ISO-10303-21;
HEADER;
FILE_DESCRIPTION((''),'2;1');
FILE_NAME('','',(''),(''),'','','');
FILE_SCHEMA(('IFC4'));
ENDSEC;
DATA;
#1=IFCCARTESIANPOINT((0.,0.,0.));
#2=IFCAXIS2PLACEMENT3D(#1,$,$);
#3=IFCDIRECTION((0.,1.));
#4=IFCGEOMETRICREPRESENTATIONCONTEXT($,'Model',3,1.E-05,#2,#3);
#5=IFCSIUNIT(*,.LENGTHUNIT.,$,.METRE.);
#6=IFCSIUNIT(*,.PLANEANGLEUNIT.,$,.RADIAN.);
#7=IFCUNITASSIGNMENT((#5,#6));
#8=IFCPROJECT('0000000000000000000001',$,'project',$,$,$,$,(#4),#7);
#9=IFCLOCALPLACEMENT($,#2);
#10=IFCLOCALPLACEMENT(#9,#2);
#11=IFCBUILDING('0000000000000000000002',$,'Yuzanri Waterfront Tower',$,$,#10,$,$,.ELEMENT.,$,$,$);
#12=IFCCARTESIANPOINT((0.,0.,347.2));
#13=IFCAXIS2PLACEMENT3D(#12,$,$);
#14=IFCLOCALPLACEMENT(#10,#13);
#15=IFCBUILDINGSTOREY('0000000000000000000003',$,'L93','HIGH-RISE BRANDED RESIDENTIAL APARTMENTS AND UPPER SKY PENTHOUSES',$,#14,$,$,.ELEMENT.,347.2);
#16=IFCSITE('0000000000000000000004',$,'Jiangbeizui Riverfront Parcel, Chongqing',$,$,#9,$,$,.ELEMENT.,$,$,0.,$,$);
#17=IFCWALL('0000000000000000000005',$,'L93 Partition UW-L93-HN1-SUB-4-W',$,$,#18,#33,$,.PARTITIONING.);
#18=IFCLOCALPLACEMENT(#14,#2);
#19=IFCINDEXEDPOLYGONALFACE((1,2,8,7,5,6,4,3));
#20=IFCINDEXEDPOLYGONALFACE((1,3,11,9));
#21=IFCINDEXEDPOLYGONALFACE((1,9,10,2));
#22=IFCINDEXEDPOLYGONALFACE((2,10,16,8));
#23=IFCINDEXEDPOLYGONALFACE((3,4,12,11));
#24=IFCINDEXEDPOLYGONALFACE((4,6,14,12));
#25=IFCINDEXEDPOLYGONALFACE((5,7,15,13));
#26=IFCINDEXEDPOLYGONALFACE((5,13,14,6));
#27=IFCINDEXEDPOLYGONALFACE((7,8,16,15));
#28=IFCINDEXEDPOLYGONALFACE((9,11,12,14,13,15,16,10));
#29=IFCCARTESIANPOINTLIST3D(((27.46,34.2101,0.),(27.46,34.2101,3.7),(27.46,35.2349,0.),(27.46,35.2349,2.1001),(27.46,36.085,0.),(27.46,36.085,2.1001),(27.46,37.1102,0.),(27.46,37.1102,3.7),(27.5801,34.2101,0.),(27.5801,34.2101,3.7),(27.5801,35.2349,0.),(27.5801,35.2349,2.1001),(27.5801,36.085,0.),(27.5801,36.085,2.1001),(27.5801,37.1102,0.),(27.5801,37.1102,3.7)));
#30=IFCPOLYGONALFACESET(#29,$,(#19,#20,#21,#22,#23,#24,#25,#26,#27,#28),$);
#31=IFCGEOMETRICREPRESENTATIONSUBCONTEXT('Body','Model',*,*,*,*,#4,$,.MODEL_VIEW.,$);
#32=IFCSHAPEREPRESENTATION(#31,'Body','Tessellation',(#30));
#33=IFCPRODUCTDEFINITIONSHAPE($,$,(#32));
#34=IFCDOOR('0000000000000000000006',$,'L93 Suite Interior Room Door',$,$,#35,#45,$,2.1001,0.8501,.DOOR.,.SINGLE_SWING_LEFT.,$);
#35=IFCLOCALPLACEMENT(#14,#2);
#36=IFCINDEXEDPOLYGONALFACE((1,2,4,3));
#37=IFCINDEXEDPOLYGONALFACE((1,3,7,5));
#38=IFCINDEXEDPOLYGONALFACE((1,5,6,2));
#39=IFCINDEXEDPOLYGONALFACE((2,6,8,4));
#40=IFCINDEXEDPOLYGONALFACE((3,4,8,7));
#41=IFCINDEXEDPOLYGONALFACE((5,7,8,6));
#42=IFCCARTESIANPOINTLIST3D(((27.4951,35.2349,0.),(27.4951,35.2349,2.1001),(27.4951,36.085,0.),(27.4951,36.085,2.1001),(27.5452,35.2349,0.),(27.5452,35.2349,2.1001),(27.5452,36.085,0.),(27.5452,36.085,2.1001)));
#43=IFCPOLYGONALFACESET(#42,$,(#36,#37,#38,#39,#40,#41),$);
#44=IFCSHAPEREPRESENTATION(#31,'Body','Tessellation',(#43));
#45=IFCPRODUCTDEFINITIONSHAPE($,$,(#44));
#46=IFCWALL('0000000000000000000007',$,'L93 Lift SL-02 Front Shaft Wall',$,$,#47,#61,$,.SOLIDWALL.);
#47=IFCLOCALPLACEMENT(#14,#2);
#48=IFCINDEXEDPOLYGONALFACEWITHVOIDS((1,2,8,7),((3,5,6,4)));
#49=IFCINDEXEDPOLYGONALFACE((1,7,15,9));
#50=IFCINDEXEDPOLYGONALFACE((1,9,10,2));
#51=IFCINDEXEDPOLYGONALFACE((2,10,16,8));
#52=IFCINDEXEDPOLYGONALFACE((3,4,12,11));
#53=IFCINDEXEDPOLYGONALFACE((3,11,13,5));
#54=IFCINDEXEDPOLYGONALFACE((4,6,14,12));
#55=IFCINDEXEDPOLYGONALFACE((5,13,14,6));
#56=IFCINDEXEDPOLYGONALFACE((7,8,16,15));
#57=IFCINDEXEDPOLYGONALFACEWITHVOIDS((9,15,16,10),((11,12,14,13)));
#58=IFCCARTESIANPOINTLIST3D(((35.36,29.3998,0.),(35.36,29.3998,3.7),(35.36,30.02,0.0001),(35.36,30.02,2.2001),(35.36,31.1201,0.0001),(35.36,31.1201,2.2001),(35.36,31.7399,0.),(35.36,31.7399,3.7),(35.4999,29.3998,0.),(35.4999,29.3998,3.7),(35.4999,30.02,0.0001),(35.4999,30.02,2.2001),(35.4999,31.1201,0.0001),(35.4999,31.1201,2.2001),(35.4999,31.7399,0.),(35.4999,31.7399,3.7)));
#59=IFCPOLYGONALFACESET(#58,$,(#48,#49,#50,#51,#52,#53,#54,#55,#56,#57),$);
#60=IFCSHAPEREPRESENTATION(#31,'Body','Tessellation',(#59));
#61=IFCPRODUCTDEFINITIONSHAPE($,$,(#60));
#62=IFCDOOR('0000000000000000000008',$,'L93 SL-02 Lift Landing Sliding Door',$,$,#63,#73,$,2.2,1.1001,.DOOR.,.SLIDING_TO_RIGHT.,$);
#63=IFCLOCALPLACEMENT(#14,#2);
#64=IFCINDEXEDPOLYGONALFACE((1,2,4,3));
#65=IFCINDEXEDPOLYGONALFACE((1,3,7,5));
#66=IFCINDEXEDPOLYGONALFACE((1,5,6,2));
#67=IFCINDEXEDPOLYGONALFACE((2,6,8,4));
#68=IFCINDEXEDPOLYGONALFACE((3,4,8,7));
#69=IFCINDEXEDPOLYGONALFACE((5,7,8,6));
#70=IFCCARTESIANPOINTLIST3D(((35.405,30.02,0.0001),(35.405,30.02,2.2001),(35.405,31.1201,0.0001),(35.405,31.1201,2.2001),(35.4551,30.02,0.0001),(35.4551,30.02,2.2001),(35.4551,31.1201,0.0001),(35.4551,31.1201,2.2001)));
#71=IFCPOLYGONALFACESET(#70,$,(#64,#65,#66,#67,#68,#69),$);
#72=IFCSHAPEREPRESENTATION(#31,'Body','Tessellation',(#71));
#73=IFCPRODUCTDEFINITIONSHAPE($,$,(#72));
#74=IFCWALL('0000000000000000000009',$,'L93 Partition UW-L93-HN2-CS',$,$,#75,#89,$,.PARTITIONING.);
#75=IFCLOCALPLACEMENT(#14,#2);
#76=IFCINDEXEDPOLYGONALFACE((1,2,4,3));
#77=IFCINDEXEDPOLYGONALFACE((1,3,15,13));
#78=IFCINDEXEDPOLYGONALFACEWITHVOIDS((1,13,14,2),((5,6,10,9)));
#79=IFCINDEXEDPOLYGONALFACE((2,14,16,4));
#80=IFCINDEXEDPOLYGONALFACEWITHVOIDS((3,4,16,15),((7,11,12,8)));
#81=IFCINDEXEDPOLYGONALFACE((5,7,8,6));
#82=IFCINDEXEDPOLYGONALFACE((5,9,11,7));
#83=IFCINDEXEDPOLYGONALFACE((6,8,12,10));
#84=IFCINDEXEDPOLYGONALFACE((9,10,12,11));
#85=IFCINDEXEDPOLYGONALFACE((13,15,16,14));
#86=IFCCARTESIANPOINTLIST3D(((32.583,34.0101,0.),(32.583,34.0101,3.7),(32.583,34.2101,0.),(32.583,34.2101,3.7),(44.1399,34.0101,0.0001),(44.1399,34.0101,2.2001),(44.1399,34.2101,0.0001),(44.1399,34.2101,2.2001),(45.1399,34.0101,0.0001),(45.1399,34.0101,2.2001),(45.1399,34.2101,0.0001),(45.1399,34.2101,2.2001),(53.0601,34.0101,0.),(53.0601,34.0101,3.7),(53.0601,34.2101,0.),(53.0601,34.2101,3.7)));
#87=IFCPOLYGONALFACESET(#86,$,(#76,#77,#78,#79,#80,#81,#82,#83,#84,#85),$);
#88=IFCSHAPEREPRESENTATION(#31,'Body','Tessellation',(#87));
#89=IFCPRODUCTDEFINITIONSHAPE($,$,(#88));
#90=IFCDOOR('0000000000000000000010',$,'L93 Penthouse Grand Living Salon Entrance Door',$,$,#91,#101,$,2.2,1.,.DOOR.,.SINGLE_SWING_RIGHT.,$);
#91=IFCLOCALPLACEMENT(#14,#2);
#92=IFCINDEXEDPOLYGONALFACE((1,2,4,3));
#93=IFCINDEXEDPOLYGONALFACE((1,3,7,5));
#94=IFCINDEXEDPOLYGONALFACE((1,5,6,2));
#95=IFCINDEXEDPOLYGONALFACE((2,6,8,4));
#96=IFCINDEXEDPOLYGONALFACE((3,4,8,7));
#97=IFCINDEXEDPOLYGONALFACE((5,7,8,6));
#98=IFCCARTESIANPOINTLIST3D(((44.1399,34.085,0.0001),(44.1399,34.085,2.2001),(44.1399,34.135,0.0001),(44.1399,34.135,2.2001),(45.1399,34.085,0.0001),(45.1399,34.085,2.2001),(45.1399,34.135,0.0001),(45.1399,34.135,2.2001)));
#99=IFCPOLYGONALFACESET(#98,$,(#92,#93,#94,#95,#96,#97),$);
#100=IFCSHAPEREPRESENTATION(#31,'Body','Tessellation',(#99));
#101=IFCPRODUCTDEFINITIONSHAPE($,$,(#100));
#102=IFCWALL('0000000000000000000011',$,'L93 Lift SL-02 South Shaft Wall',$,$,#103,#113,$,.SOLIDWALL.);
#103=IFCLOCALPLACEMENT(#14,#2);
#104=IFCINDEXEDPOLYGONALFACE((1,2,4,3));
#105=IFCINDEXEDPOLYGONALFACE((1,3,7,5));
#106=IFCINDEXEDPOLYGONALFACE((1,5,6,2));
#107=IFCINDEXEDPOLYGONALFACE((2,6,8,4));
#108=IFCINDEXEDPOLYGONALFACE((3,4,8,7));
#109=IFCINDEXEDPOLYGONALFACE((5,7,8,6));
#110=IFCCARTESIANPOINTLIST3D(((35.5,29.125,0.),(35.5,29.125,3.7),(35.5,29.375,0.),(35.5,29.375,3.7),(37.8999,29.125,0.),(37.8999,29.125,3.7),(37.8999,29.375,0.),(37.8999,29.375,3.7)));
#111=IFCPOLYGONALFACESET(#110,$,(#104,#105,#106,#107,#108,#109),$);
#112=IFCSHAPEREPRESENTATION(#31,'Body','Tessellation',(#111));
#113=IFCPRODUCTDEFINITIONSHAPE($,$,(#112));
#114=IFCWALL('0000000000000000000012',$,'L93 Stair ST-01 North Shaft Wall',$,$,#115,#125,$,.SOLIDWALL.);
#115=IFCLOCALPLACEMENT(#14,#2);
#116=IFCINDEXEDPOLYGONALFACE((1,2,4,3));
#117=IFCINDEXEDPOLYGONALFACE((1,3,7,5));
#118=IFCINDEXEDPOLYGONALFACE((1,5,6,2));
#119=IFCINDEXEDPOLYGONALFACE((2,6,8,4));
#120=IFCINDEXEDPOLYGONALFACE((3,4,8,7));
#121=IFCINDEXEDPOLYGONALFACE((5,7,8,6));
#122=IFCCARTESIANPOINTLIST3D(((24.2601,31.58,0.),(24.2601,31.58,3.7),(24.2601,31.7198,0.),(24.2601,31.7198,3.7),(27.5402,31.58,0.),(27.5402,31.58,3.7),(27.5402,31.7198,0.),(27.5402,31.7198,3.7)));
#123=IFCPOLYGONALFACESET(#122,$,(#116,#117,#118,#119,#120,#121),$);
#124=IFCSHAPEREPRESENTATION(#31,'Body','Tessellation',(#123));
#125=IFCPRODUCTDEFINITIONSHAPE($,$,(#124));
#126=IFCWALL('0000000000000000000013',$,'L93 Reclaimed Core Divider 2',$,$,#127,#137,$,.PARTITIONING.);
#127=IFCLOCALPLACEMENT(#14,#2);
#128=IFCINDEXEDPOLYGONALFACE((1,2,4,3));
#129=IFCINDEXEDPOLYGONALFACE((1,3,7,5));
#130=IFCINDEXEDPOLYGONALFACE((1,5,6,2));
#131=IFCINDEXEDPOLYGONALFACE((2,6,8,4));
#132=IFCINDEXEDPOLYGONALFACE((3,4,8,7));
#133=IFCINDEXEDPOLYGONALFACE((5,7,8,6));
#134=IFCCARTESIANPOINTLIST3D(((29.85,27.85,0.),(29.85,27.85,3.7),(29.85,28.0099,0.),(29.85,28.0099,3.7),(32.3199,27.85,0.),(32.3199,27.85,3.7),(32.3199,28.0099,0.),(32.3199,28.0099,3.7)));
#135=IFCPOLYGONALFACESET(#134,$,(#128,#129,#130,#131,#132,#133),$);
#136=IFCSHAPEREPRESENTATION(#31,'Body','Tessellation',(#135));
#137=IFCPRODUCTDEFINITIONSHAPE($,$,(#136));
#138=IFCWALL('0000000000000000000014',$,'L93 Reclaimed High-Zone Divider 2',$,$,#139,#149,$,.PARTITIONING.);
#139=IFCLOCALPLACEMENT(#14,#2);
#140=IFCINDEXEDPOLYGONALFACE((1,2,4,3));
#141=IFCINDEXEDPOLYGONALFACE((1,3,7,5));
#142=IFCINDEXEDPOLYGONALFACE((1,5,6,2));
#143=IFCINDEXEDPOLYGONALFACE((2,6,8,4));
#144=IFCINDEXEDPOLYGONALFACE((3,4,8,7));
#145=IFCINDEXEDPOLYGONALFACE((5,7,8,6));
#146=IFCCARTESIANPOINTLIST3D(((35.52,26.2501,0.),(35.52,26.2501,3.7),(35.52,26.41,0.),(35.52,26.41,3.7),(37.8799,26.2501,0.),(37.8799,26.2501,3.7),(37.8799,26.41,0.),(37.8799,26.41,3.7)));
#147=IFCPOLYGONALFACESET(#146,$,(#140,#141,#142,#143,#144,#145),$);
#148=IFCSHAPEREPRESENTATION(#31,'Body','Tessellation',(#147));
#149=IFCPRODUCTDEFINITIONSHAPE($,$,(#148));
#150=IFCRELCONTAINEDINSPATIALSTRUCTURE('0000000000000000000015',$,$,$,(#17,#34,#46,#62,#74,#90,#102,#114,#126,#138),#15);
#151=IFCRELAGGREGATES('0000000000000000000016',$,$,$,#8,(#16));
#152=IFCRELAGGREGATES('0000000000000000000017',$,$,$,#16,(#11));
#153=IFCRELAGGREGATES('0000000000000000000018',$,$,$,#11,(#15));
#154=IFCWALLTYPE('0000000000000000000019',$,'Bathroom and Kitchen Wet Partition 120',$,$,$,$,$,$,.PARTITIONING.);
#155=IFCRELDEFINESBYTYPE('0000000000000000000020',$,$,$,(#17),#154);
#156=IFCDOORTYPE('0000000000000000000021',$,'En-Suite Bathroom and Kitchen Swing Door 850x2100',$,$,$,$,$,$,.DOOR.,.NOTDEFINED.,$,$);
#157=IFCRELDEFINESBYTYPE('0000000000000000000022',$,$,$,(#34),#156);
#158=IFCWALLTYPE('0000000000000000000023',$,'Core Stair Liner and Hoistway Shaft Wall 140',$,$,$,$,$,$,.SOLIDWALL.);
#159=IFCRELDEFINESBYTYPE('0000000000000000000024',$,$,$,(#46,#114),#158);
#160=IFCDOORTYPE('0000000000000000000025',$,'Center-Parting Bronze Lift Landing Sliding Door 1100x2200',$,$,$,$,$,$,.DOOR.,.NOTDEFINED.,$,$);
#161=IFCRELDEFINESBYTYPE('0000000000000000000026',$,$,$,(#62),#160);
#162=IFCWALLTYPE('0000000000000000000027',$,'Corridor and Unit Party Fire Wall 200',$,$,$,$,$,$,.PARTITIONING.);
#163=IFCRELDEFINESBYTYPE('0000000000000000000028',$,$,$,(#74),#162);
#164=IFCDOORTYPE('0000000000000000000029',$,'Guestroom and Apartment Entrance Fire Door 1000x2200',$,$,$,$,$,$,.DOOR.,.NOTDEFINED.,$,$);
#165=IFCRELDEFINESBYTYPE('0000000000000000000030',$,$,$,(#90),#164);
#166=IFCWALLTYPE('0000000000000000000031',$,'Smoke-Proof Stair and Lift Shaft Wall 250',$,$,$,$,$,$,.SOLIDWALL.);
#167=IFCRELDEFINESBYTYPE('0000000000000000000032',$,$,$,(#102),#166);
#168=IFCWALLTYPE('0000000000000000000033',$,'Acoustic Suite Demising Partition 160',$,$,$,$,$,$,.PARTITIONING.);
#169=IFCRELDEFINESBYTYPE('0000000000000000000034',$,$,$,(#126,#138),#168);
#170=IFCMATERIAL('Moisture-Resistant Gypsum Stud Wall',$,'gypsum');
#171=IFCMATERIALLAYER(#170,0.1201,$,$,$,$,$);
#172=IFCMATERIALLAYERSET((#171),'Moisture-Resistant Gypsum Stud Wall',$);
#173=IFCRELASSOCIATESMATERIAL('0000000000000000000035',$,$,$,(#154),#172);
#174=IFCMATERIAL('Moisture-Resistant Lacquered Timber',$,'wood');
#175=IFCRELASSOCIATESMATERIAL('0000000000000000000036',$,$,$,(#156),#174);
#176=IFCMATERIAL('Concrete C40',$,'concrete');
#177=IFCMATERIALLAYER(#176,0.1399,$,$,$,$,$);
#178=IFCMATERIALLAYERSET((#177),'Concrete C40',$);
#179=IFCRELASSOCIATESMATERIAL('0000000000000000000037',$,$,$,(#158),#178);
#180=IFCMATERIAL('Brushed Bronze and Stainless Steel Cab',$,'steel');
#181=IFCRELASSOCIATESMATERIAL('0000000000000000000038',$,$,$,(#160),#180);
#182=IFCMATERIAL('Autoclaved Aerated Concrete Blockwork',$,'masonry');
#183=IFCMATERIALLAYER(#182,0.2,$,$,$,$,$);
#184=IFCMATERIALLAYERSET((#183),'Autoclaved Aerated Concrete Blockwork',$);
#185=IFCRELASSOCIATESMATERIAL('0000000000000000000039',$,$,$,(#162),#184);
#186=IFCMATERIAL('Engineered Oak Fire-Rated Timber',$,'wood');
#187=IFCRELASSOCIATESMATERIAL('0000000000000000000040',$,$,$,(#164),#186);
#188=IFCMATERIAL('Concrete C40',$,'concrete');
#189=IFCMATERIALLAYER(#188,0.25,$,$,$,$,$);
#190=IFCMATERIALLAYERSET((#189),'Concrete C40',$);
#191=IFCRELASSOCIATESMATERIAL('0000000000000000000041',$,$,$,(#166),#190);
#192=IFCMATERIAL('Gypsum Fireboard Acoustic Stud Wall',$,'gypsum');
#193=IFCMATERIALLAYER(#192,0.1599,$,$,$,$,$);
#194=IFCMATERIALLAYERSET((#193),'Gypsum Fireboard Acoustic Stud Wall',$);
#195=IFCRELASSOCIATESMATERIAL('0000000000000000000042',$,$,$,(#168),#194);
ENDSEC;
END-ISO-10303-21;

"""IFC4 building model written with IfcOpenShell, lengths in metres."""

from ifc_helpers import new_model, si_unit, direction, frame, frame_2d, origin, place, context, subcontext, project, spatial, rectangle, extrude, source, transform, mapped, material, layer, layer_set, type_object, element, fill, save


model = new_model("IFC4")

# Units and contexts
model_context = context("Model", 3, precision=1e-05, world=origin(), true_north=direction((0.0, 1.0)))
body_context = subcontext(model_context, "Body", "Model", "MODEL_VIEW")
ifc_project = project(units=[si_unit("LENGTHUNIT", "METRE"), si_unit("PLANEANGLEUNIT", "RADIAN")], contexts=[model_context])

# Site, building, storey
site_placement = place(None, origin())
site = spatial("IfcSite", under=ifc_project, at=site_placement, Name="Jiangbeizui Riverfront Parcel, Chongqing", CompositionType="ELEMENT", RefElevation=0.0)
building_placement = place(site_placement, origin())
building = spatial("IfcBuilding", under=site, at=building_placement, Name="Yuzanri Waterfront Tower", CompositionType="ELEMENT")
storey_placement = place(building_placement, frame((0.0, 0.0, 347.2)))
storey = spatial("IfcBuildingStorey", under=building, at=storey_placement, Name="L93", Description="HIGH-RISE BRANDED RESIDENTIAL APARTMENTS AND UPPER SKY PENTHOUSES", CompositionType="ELEMENT", Elevation=347.2)

# Walls, openings, doors
ifc_material_1 = material(Name="Moisture-Resistant Gypsum Stud Wall", Category="gypsum")
ifc_layer_1 = layer(ifc_material_1, 0.1201)
ifc_layer_set_1 = layer_set([ifc_layer_1], Name="Moisture-Resistant Gypsum Stud Wall")
wall_type_1 = type_object("IfcWallType", Name="Bathroom and Kitchen Wet Partition 120", PredefinedType="PARTITIONING", material=ifc_layer_set_1)
ifc_material_2 = material(Name="Moisture-Resistant Lacquered Timber", Category="wood")
door_type_1 = type_object("IfcDoorType", Name="En-Suite Bathroom and Kitchen Swing Door 850x2100", OperationType="NOTDEFINED", PredefinedType="DOOR", material=ifc_material_2)
shared_shape_1 = source(origin(), body_context, "Body", "SweptSolid", [
    extrude(rectangle(XDim=0.8501, YDim=2.1001, at=frame_2d((0.425, 1.05))), frame((0.0, 0.0249, 0.0), z_axis=(0.0, -1.0, 0.0), x_axis=(1.0, 0.0, 0.0)), (0.0, 0.0, 1.0), 0.05),
])
wall_1_placement = place(storey_placement, frame((27.52, 34.21, 0.0), z_axis=(0.0, 0.0, 1.0), x_axis=(0.0, 1.0, 0.0)))
wall_1 = element("IfcWall", 1, at=wall_1_placement, inside=storey, type_object=wall_type_1, Name="L93 Partition UW-L93-HN1-SUB-4-W", PredefinedType="PARTITIONING", context=body_context, shape_type="SweptSolid", body=[
    extrude(rectangle(XDim=2.9001, YDim=0.1201, at=frame_2d((1.4502, 0.0))), origin(), (0.0, 0.0, 1.0), 3.7),
])
opening_1_placement = place(wall_1_placement, frame((1.0249, 0.0, 0.0)))
opening_1 = element("IfcOpeningElement", 2, at=opening_1_placement, cuts=wall_1, PredefinedType="OPENING", context=body_context, shape_type="SweptSolid", body=[
    extrude(rectangle(XDim=0.8501, YDim=2.1001, at=frame_2d((0.425, 1.05))), frame((0.0, 0.075, 0.0), z_axis=(0.0, -1.0, 0.0), x_axis=(1.0, 0.0, 0.0)), (0.0, 0.0, 1.0), 0.1499),
])
door_1_placement = place(opening_1_placement, origin())
door_1 = element("IfcDoor", 3, at=door_1_placement, inside=storey, type_object=door_type_1, Name="L93 Suite Interior Room Door", OperationType="SINGLE_SWING_LEFT", OverallHeight=2.1001, OverallWidth=0.8501, PredefinedType="DOOR", context=body_context, shape_type="MappedRepresentation", body=[
    mapped(shared_shape_1, transform((0.0, 0.0, 0.0), scale=1.0)),
])
fill(opening_1, door_1)
ifc_material_3 = material(Name="Concrete C40", Category="concrete")
ifc_layer_2 = layer(ifc_material_3, 0.1399)
ifc_layer_set_2 = layer_set([ifc_layer_2], Name="Concrete C40")
wall_type_2 = type_object("IfcWallType", Name="Core Stair Liner and Hoistway Shaft Wall 140", PredefinedType="SOLIDWALL", material=ifc_layer_set_2)
wall_2_placement = place(storey_placement, frame((35.4299, 29.3999, 0.0), z_axis=(0.0, 0.0, 1.0), x_axis=(0.0, 1.0, 0.0)))
wall_2 = element("IfcWall", 4, at=wall_2_placement, inside=storey, type_object=wall_type_2, Name="L93 Lift SL-02 Front Shaft Wall", PredefinedType="SOLIDWALL", context=body_context, shape_type="SweptSolid", body=[
    extrude(rectangle(XDim=2.3401, YDim=0.1399, at=frame_2d((1.1699, 0.0))), origin(), (0.0, 0.0, 1.0), 3.7),
])
opening_2_placement = place(wall_2_placement, frame((0.6201, 0.0, 0.0)))
opening_2 = element("IfcOpeningElement", 5, at=opening_2_placement, cuts=wall_2, PredefinedType="OPENING", context=body_context, shape_type="SweptSolid", body=[
    extrude(rectangle(XDim=1.1001, YDim=2.2, at=frame_2d((0.55, 1.1001))), frame((0.0, 0.085, 0.0), z_axis=(0.0, -1.0, 0.0), x_axis=(1.0, 0.0, 0.0)), (0.0, 0.0, 1.0), 0.1697),
])
ifc_material_4 = material(Name="Brushed Bronze and Stainless Steel Cab", Category="steel")
door_type_2 = type_object("IfcDoorType", Name="Center-Parting Bronze Lift Landing Sliding Door 1100x2200", OperationType="NOTDEFINED", PredefinedType="DOOR", material=ifc_material_4)
shared_shape_2 = source(origin(), body_context, "Body", "SweptSolid", [
    extrude(rectangle(XDim=1.1001, YDim=2.2, at=frame_2d((0.55, 1.1001))), frame((0.0, 0.0249, 0.0), z_axis=(0.0, -1.0, 0.0), x_axis=(1.0, 0.0, 0.0)), (0.0, 0.0, 1.0), 0.05),
])
door_2_placement = place(opening_2_placement, origin())
door_2 = element("IfcDoor", 6, at=door_2_placement, inside=storey, type_object=door_type_2, Name="L93 SL-02 Lift Landing Sliding Door", OperationType="SLIDING_TO_RIGHT", OverallHeight=2.2, OverallWidth=1.1001, PredefinedType="DOOR", context=body_context, shape_type="MappedRepresentation", body=[
    mapped(shared_shape_2, transform((0.0, 0.0, 0.0), scale=1.0)),
])
fill(opening_2, door_2)
ifc_material_5 = material(Name="Autoclaved Aerated Concrete Blockwork", Category="masonry")
ifc_layer_3 = layer(ifc_material_5, 0.2)
ifc_layer_set_3 = layer_set([ifc_layer_3], Name="Autoclaved Aerated Concrete Blockwork")
wall_type_3 = type_object("IfcWallType", Name="Corridor and Unit Party Fire Wall 200", PredefinedType="PARTITIONING", material=ifc_layer_set_3)
wall_3_placement = place(storey_placement, frame((32.583, 34.1101, 0.0), z_axis=(0.0, 0.0, 1.0), x_axis=(1.0, 0.0, 0.0)))
wall_3 = element("IfcWall", 7, at=wall_3_placement, inside=storey, type_object=wall_type_3, Name="L93 Partition UW-L93-HN2-CS", PredefinedType="PARTITIONING", context=body_context, shape_type="SweptSolid", body=[
    extrude(rectangle(XDim=20.4771, YDim=0.2, at=frame_2d((10.2385, 0.0))), origin(), (0.0, 0.0, 1.0), 3.7),
])
opening_3_placement = place(wall_3_placement, frame((11.5569, 0.0, 0.0)))
opening_3 = element("IfcOpeningElement", 8, at=opening_3_placement, cuts=wall_3, PredefinedType="OPENING", context=body_context, shape_type="SweptSolid", body=[
    extrude(rectangle(XDim=1.0, YDim=2.2, at=frame_2d((0.5, 1.1001))), frame((0.0, 0.1147, 0.0), z_axis=(0.0, -1.0, 0.0), x_axis=(1.0, 0.0, 0.0)), (0.0, 0.0, 1.0), 0.2297),
])
ifc_material_6 = material(Name="Engineered Oak Fire-Rated Timber", Category="wood")
door_type_3 = type_object("IfcDoorType", Name="Guestroom and Apartment Entrance Fire Door 1000x2200", OperationType="NOTDEFINED", PredefinedType="DOOR", material=ifc_material_6)
shared_shape_3 = source(origin(), body_context, "Body", "SweptSolid", [
    extrude(rectangle(XDim=1.0, YDim=2.2, at=frame_2d((0.5, 1.1001))), frame((0.0, 0.0249, 0.0), z_axis=(0.0, -1.0, 0.0), x_axis=(1.0, 0.0, 0.0)), (0.0, 0.0, 1.0), 0.05),
])
door_3_placement = place(opening_3_placement, origin())
door_3 = element("IfcDoor", 9, at=door_3_placement, inside=storey, type_object=door_type_3, Name="L93 Penthouse Grand Living Salon Entrance Door", OperationType="SINGLE_SWING_RIGHT", OverallHeight=2.2, OverallWidth=1.0, PredefinedType="DOOR", context=body_context, shape_type="MappedRepresentation", body=[
    mapped(shared_shape_3, transform((0.0, 0.0, 0.0), scale=1.0)),
])
fill(opening_3, door_3)

# Walls
ifc_material_7 = material(Name="Concrete C40", Category="concrete")
ifc_layer_4 = layer(ifc_material_7, 0.25)
ifc_layer_set_4 = layer_set([ifc_layer_4], Name="Concrete C40")
wall_type_4 = type_object("IfcWallType", Name="Smoke-Proof Stair and Lift Shaft Wall 250", PredefinedType="SOLIDWALL", material=ifc_layer_set_4)
shared_shape_4 = source(origin(), body_context, "Body", "SweptSolid", [
    extrude(rectangle(XDim=2.3999, YDim=0.25, at=frame_2d((1.2, 0.0))), origin(), (0.0, 0.0, 1.0), 3.7),
])
wall_4_placement = place(storey_placement, frame((35.5, 29.25, 0.0), z_axis=(0.0, 0.0, 1.0), x_axis=(1.0, 0.0, 0.0)))
element("IfcWall", 10, at=wall_4_placement, inside=storey, type_object=wall_type_4, Name="L93 Lift SL-02 South Shaft Wall", PredefinedType="SOLIDWALL", context=body_context, shape_type="MappedRepresentation", body=[
    mapped(shared_shape_4, transform((0.0, 0.0, 0.0), scale=1.0)),
])
shared_shape_5 = source(origin(), body_context, "Body", "SweptSolid", [
    extrude(rectangle(XDim=3.28, YDim=0.1399, at=frame_2d((1.6401, 0.0))), origin(), (0.0, 0.0, 1.0), 3.7),
])
wall_5_placement = place(storey_placement, frame((24.26, 31.6499, 0.0), z_axis=(0.0, 0.0, 1.0), x_axis=(1.0, 0.0, 0.0)))
element("IfcWall", 11, at=wall_5_placement, inside=storey, type_object=wall_type_2, Name="L93 Stair ST-01 North Shaft Wall", PredefinedType="SOLIDWALL", context=body_context, shape_type="MappedRepresentation", body=[
    mapped(shared_shape_5, transform((0.0, 0.0, 0.0), scale=1.0)),
])
ifc_material_8 = material(Name="Gypsum Fireboard Acoustic Stud Wall", Category="gypsum")
ifc_layer_5 = layer(ifc_material_8, 0.1599)
ifc_layer_set_5 = layer_set([ifc_layer_5], Name="Gypsum Fireboard Acoustic Stud Wall")
wall_type_5 = type_object("IfcWallType", Name="Acoustic Suite Demising Partition 160", PredefinedType="PARTITIONING", material=ifc_layer_set_5)
shared_shape_6 = source(origin(), body_context, "Body", "SweptSolid", [
    extrude(rectangle(XDim=2.47, YDim=0.1599, at=frame_2d((1.2349, 0.0))), origin(), (0.0, 0.0, 1.0), 3.7),
])
wall_6_placement = place(storey_placement, frame((29.8501, 27.9299, 0.0), z_axis=(0.0, 0.0, 1.0), x_axis=(1.0, 0.0, 0.0)))
element("IfcWall", 12, at=wall_6_placement, inside=storey, type_object=wall_type_5, Name="L93 Reclaimed Core Divider 2", PredefinedType="PARTITIONING", context=body_context, shape_type="MappedRepresentation", body=[
    mapped(shared_shape_6, transform((0.0, 0.0, 0.0), scale=1.0)),
])
shared_shape_7 = source(origin(), body_context, "Body", "SweptSolid", [
    extrude(rectangle(XDim=2.3599, YDim=0.1599, at=frame_2d((1.1799, 0.0))), origin(), (0.0, 0.0, 1.0), 3.7),
])
wall_7_placement = place(storey_placement, frame((35.52, 26.3301, 0.0), z_axis=(0.0, 0.0, 1.0), x_axis=(1.0, 0.0, 0.0)))
element("IfcWall", 13, at=wall_7_placement, inside=storey, type_object=wall_type_5, Name="L93 Reclaimed High-Zone Divider 2", PredefinedType="PARTITIONING", context=body_context, shape_type="MappedRepresentation", body=[
    mapped(shared_shape_7, transform((0.0, 0.0, 0.0), scale=1.0)),
])

save(model, "model.ifc")
